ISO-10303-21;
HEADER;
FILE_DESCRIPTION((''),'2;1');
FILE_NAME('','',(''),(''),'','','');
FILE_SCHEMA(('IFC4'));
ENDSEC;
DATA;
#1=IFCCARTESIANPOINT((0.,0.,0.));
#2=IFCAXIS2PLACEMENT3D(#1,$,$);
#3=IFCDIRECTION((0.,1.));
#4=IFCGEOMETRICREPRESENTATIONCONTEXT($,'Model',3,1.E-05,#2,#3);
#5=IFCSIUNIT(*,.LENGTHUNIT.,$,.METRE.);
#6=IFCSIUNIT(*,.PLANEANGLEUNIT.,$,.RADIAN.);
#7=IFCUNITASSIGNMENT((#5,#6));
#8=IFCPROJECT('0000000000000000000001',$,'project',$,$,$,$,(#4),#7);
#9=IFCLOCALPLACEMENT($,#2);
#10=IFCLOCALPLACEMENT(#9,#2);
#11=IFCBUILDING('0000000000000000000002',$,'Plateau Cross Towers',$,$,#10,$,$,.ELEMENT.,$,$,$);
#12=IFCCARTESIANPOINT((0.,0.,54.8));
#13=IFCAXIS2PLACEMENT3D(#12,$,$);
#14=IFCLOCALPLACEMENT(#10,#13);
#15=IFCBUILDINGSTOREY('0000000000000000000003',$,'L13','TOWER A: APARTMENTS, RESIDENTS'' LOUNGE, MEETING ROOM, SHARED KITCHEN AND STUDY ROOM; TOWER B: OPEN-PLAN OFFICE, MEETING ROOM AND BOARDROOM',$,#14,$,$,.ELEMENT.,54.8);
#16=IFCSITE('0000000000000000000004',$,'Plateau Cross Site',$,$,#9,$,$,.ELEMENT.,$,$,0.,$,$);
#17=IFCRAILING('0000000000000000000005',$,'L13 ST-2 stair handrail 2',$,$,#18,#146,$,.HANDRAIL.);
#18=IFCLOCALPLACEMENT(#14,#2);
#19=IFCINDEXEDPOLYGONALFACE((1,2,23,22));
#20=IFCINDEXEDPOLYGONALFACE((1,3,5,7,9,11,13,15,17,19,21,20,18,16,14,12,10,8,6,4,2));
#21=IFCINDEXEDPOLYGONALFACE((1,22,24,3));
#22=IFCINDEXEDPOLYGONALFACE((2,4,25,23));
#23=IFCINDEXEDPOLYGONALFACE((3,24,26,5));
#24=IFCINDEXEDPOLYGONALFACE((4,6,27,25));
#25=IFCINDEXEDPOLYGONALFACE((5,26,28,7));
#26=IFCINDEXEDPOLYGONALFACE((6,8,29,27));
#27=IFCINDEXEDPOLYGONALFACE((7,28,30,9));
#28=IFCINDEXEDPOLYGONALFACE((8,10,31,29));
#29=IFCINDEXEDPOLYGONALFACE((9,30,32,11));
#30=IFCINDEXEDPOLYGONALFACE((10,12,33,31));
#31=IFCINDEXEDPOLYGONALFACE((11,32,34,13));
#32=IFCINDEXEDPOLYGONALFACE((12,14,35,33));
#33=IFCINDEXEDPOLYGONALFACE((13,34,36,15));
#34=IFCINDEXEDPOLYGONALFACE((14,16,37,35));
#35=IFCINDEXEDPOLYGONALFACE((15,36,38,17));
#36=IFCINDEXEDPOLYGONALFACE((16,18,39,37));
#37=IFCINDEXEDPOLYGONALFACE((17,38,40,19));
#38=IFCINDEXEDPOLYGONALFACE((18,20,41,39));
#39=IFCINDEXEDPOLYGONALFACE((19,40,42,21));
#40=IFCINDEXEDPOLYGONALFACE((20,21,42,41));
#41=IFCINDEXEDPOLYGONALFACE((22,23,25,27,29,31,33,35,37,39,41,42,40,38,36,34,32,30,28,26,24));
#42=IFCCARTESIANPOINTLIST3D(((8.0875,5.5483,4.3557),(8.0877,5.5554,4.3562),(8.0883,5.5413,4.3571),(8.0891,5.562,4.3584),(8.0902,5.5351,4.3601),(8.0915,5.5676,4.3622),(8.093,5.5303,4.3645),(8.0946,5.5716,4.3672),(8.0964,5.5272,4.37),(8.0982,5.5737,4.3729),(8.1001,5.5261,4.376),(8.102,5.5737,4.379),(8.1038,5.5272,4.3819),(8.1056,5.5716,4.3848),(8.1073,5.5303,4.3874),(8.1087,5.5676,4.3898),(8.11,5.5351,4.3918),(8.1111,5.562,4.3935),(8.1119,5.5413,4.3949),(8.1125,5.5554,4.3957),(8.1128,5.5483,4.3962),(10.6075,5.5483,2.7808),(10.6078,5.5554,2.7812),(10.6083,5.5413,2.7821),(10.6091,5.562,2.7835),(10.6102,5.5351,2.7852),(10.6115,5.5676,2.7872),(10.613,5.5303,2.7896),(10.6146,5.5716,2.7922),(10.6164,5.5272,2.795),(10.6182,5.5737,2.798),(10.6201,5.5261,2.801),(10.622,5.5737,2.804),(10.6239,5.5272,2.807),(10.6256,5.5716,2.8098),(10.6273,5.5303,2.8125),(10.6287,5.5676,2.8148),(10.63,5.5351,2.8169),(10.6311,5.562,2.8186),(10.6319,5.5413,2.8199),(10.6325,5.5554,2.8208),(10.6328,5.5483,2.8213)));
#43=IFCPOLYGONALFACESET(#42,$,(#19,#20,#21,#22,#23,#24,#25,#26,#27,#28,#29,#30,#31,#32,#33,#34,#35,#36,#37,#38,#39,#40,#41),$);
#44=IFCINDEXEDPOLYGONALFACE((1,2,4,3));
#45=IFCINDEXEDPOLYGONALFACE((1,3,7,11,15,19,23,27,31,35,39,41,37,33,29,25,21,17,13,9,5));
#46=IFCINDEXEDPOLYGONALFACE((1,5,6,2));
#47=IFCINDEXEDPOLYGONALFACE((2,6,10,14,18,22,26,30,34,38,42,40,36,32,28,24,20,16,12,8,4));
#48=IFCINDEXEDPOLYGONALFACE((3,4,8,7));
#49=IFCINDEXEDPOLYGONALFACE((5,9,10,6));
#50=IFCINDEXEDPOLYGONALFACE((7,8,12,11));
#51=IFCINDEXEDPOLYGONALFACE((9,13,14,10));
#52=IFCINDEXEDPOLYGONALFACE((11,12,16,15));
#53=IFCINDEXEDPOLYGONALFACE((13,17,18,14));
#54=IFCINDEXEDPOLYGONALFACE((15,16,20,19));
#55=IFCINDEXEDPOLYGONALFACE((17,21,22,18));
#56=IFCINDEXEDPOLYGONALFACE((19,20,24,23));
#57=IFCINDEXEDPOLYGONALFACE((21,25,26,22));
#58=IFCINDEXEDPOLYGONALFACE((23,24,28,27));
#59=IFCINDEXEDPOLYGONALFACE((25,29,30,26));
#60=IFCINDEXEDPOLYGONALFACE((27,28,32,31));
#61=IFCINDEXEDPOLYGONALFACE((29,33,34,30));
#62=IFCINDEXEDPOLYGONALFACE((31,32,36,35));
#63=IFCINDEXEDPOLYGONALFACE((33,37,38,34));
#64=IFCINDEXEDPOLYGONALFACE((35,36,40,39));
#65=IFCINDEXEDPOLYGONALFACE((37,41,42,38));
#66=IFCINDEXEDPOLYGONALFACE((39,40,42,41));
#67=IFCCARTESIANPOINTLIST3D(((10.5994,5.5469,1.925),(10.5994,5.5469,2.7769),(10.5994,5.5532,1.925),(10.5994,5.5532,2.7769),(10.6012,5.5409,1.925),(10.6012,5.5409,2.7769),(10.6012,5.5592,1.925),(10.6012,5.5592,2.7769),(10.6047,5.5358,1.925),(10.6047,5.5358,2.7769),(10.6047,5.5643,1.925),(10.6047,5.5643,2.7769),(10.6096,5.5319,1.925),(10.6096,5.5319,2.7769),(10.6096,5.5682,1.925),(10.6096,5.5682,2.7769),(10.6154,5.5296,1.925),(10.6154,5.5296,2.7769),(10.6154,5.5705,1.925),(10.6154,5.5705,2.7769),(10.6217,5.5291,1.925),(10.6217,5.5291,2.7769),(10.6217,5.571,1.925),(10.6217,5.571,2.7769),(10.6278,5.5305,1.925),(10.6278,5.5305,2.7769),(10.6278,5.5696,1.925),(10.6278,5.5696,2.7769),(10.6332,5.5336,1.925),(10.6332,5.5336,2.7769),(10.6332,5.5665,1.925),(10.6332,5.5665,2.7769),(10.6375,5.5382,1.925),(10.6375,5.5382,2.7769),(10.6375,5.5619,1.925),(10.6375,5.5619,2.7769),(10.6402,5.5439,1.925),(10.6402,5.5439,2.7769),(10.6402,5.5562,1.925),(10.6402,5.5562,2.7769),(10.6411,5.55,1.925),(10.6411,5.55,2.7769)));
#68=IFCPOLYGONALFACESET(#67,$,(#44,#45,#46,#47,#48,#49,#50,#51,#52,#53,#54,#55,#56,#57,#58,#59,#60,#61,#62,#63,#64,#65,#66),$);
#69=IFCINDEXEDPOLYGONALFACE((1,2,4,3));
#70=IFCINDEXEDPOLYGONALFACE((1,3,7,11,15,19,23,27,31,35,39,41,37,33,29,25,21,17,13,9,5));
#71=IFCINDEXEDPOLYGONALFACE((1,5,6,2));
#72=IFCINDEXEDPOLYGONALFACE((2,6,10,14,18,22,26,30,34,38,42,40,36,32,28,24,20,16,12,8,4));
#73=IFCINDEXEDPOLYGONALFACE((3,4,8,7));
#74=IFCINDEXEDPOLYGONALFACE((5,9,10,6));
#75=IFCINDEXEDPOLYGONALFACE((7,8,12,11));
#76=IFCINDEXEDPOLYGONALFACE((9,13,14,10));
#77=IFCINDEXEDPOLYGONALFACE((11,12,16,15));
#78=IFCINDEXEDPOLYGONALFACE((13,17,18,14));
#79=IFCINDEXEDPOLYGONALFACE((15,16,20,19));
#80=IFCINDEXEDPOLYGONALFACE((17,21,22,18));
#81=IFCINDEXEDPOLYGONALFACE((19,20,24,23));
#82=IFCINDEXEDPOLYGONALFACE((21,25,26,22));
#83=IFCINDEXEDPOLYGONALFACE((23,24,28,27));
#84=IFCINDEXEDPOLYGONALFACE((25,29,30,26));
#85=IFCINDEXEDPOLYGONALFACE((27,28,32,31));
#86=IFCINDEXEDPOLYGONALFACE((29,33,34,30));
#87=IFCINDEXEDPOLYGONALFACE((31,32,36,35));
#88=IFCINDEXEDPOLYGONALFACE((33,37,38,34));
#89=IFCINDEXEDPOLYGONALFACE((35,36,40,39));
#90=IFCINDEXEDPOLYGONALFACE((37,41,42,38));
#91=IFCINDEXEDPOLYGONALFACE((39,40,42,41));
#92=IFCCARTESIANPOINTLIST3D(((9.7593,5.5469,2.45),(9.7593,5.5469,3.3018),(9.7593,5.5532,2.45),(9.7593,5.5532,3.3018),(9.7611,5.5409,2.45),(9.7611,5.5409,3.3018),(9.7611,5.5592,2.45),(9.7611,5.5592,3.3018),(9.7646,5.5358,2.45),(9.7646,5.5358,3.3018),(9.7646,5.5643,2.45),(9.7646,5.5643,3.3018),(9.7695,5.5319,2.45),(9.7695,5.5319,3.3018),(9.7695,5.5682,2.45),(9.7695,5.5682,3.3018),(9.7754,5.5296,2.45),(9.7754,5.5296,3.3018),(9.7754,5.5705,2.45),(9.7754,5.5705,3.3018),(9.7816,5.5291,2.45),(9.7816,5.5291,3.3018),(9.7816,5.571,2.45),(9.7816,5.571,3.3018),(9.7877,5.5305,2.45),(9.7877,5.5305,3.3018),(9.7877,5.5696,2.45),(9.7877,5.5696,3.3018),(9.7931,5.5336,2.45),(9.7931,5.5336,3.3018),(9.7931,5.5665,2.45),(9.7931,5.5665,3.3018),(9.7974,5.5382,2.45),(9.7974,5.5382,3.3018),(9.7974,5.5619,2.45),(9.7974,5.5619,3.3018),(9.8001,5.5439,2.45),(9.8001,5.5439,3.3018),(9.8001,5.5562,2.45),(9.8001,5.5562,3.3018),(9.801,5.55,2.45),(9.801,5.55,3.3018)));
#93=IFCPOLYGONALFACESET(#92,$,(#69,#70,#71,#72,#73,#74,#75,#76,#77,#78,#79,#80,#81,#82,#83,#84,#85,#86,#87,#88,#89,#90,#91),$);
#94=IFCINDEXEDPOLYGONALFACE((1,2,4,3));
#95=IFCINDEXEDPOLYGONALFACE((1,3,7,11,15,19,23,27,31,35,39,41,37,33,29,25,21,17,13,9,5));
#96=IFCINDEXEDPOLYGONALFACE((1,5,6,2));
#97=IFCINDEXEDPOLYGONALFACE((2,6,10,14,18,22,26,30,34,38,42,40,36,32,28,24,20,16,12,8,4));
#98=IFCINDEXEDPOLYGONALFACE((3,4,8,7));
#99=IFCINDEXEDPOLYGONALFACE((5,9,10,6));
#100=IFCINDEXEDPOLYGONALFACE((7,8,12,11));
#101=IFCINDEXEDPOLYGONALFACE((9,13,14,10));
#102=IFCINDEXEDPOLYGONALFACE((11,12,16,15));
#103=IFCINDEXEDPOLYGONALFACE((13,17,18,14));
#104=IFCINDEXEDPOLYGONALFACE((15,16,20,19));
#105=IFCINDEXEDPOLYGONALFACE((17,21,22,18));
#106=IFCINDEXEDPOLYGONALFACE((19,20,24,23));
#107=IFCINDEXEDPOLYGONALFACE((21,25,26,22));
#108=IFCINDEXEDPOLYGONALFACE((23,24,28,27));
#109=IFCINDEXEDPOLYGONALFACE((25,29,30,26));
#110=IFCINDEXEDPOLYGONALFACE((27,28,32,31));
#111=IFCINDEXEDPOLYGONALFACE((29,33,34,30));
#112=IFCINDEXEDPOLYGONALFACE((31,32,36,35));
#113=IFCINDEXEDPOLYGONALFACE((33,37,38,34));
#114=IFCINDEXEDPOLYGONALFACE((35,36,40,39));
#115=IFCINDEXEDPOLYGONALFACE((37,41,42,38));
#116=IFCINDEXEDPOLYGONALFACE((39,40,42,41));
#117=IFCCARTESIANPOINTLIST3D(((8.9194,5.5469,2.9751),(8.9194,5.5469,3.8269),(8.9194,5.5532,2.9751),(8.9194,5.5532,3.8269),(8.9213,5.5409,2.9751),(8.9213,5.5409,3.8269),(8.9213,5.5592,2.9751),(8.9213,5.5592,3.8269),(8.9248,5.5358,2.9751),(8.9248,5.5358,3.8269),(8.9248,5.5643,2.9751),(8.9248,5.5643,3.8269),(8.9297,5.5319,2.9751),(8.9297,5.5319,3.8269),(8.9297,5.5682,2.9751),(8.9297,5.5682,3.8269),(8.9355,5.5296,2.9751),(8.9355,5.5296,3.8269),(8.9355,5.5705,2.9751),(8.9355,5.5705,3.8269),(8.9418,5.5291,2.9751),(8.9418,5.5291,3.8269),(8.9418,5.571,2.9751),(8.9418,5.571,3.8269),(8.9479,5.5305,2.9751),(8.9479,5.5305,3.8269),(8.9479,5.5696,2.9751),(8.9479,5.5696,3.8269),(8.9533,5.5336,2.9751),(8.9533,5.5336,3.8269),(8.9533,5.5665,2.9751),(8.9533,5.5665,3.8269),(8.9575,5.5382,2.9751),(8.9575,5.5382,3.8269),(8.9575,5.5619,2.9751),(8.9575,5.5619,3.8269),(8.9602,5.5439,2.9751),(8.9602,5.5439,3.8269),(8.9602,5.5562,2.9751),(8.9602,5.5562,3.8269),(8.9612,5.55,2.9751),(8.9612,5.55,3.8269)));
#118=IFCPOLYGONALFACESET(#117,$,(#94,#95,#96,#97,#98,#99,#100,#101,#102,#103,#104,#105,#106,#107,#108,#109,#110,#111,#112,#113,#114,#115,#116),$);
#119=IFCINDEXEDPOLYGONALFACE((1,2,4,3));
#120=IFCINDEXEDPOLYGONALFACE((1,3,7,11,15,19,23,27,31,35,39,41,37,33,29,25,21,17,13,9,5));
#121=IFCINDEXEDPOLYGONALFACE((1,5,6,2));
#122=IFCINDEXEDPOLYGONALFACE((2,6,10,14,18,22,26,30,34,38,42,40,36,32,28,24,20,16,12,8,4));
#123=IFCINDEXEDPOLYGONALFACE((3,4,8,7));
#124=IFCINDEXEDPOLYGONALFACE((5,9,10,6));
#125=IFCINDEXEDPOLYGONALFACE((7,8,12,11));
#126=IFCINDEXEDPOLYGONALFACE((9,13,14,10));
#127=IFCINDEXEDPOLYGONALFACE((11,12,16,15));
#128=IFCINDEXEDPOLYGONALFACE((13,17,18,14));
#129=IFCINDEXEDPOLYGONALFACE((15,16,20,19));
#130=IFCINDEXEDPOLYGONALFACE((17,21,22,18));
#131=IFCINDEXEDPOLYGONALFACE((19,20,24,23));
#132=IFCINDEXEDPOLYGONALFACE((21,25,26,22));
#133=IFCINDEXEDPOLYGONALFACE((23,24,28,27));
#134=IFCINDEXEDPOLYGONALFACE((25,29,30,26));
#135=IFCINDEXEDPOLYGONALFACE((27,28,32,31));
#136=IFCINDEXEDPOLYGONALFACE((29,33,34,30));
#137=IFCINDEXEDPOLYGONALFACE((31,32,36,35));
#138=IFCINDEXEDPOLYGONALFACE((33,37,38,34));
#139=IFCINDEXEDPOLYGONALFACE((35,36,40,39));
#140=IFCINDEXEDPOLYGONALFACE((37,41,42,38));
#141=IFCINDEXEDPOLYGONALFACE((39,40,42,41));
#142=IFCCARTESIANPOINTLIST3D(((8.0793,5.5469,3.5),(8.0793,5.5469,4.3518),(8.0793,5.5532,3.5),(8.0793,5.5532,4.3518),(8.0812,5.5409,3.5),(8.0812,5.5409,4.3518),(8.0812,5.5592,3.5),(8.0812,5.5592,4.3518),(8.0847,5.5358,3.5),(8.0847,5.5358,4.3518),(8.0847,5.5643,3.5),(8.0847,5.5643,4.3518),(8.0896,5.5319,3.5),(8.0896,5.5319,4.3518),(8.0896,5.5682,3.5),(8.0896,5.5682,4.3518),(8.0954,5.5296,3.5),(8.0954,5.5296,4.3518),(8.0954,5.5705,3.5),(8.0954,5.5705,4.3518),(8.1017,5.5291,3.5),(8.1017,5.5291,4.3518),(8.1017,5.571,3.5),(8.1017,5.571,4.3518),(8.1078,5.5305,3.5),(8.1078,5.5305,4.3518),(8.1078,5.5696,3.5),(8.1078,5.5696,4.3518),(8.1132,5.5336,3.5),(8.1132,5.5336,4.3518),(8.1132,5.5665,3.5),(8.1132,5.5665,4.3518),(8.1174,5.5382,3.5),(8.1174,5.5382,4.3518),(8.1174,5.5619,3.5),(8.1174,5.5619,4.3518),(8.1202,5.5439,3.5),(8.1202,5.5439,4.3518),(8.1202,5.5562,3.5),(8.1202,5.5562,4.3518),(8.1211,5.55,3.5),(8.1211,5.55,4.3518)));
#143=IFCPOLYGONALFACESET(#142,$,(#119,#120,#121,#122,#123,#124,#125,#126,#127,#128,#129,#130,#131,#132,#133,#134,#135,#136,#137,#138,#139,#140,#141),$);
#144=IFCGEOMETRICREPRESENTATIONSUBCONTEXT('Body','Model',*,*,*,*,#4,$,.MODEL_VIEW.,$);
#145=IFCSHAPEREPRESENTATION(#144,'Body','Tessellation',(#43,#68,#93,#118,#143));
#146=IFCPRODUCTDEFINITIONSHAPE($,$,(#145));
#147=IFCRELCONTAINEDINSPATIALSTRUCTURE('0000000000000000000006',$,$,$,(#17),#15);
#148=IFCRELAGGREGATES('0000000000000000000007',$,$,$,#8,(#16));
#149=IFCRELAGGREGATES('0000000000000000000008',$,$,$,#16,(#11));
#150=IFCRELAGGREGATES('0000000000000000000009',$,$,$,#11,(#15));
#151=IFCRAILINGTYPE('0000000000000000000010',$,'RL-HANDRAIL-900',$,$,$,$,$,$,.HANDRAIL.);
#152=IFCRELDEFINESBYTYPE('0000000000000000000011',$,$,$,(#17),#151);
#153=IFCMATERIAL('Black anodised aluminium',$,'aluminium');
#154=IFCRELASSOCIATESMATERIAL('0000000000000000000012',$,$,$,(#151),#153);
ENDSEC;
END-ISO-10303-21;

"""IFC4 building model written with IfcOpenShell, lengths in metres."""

from ifc_helpers import new_model, si_unit, direction, frame, origin, origin_2d, place, context, subcontext, project, spatial, circle, extrude, material, type_object, element, save


model = new_model("IFC4")

# Units and contexts
model_context = context("Model", 3, precision=1e-05, world=origin(), true_north=direction((0.0, 1.0)))
body_context = subcontext(model_context, "Body", "Model", "MODEL_VIEW")
ifc_project = project(units=[si_unit("LENGTHUNIT", "METRE"), si_unit("PLANEANGLEUNIT", "RADIAN")], contexts=[model_context])

# Site, building, storey
site_placement = place(None, origin())
site = spatial("IfcSite", under=ifc_project, at=site_placement, Name="Plateau Cross Site", CompositionType="ELEMENT", RefElevation=0.0)
building_placement = place(site_placement, origin())
building = spatial("IfcBuilding", under=site, at=building_placement, Name="Plateau Cross Towers", CompositionType="ELEMENT")
storey_placement = place(building_placement, frame((0.0, 0.0, 54.8)))
storey = spatial("IfcBuildingStorey", under=building, at=storey_placement, Name="L13", Description="TOWER A: APARTMENTS, RESIDENTS' LOUNGE, MEETING ROOM, SHARED KITCHEN AND STUDY ROOM; TOWER B: OPEN-PLAN OFFICE, MEETING ROOM AND BOARDROOM", CompositionType="ELEMENT", Elevation=54.8)

# Railing
ifc_material_1 = material(Name="Black anodised aluminium", Category="aluminium")
railing_type_1 = type_object("IfcRailingType", Name="RL-HANDRAIL-900", PredefinedType="HANDRAIL", material=ifc_material_1)
railing_1_placement = place(storey_placement, frame((10.6201, 5.55, 1.925)))
element("IfcRailing", 1, at=railing_1_placement, inside=storey, type_object=railing_type_1, Name="L13 ST-2 stair handrail 2", PredefinedType="HANDRAIL", context=body_context, shape_type="SweptSolid", body=[
    extrude(circle(Radius=0.0239, at=origin_2d()), frame((0.0, 0.0, 0.876), z_axis=(-0.848008, 0.0, 0.529984), x_axis=(0.0, -1.0, 0.0)), (0.0, 0.0, 1.0), 2.9717),
    extrude(circle(Radius=0.021, at=origin_2d()), origin(), (0.0, 0.0, 1.0), 0.8518),
    extrude(circle(Radius=0.021, at=origin_2d()), frame((-0.8401, 0.0, 0.5249)), (0.0, 0.0, 1.0), 0.8518),
    extrude(circle(Radius=0.021, at=origin_2d()), frame((-1.6799, 0.0, 1.05)), (0.0, 0.0, 1.0), 0.8518),
    extrude(circle(Radius=0.021, at=origin_2d()), frame((-2.52, 0.0, 1.575)), (0.0, 0.0, 1.0), 0.8518),
])

save(model, "model.ifc")
